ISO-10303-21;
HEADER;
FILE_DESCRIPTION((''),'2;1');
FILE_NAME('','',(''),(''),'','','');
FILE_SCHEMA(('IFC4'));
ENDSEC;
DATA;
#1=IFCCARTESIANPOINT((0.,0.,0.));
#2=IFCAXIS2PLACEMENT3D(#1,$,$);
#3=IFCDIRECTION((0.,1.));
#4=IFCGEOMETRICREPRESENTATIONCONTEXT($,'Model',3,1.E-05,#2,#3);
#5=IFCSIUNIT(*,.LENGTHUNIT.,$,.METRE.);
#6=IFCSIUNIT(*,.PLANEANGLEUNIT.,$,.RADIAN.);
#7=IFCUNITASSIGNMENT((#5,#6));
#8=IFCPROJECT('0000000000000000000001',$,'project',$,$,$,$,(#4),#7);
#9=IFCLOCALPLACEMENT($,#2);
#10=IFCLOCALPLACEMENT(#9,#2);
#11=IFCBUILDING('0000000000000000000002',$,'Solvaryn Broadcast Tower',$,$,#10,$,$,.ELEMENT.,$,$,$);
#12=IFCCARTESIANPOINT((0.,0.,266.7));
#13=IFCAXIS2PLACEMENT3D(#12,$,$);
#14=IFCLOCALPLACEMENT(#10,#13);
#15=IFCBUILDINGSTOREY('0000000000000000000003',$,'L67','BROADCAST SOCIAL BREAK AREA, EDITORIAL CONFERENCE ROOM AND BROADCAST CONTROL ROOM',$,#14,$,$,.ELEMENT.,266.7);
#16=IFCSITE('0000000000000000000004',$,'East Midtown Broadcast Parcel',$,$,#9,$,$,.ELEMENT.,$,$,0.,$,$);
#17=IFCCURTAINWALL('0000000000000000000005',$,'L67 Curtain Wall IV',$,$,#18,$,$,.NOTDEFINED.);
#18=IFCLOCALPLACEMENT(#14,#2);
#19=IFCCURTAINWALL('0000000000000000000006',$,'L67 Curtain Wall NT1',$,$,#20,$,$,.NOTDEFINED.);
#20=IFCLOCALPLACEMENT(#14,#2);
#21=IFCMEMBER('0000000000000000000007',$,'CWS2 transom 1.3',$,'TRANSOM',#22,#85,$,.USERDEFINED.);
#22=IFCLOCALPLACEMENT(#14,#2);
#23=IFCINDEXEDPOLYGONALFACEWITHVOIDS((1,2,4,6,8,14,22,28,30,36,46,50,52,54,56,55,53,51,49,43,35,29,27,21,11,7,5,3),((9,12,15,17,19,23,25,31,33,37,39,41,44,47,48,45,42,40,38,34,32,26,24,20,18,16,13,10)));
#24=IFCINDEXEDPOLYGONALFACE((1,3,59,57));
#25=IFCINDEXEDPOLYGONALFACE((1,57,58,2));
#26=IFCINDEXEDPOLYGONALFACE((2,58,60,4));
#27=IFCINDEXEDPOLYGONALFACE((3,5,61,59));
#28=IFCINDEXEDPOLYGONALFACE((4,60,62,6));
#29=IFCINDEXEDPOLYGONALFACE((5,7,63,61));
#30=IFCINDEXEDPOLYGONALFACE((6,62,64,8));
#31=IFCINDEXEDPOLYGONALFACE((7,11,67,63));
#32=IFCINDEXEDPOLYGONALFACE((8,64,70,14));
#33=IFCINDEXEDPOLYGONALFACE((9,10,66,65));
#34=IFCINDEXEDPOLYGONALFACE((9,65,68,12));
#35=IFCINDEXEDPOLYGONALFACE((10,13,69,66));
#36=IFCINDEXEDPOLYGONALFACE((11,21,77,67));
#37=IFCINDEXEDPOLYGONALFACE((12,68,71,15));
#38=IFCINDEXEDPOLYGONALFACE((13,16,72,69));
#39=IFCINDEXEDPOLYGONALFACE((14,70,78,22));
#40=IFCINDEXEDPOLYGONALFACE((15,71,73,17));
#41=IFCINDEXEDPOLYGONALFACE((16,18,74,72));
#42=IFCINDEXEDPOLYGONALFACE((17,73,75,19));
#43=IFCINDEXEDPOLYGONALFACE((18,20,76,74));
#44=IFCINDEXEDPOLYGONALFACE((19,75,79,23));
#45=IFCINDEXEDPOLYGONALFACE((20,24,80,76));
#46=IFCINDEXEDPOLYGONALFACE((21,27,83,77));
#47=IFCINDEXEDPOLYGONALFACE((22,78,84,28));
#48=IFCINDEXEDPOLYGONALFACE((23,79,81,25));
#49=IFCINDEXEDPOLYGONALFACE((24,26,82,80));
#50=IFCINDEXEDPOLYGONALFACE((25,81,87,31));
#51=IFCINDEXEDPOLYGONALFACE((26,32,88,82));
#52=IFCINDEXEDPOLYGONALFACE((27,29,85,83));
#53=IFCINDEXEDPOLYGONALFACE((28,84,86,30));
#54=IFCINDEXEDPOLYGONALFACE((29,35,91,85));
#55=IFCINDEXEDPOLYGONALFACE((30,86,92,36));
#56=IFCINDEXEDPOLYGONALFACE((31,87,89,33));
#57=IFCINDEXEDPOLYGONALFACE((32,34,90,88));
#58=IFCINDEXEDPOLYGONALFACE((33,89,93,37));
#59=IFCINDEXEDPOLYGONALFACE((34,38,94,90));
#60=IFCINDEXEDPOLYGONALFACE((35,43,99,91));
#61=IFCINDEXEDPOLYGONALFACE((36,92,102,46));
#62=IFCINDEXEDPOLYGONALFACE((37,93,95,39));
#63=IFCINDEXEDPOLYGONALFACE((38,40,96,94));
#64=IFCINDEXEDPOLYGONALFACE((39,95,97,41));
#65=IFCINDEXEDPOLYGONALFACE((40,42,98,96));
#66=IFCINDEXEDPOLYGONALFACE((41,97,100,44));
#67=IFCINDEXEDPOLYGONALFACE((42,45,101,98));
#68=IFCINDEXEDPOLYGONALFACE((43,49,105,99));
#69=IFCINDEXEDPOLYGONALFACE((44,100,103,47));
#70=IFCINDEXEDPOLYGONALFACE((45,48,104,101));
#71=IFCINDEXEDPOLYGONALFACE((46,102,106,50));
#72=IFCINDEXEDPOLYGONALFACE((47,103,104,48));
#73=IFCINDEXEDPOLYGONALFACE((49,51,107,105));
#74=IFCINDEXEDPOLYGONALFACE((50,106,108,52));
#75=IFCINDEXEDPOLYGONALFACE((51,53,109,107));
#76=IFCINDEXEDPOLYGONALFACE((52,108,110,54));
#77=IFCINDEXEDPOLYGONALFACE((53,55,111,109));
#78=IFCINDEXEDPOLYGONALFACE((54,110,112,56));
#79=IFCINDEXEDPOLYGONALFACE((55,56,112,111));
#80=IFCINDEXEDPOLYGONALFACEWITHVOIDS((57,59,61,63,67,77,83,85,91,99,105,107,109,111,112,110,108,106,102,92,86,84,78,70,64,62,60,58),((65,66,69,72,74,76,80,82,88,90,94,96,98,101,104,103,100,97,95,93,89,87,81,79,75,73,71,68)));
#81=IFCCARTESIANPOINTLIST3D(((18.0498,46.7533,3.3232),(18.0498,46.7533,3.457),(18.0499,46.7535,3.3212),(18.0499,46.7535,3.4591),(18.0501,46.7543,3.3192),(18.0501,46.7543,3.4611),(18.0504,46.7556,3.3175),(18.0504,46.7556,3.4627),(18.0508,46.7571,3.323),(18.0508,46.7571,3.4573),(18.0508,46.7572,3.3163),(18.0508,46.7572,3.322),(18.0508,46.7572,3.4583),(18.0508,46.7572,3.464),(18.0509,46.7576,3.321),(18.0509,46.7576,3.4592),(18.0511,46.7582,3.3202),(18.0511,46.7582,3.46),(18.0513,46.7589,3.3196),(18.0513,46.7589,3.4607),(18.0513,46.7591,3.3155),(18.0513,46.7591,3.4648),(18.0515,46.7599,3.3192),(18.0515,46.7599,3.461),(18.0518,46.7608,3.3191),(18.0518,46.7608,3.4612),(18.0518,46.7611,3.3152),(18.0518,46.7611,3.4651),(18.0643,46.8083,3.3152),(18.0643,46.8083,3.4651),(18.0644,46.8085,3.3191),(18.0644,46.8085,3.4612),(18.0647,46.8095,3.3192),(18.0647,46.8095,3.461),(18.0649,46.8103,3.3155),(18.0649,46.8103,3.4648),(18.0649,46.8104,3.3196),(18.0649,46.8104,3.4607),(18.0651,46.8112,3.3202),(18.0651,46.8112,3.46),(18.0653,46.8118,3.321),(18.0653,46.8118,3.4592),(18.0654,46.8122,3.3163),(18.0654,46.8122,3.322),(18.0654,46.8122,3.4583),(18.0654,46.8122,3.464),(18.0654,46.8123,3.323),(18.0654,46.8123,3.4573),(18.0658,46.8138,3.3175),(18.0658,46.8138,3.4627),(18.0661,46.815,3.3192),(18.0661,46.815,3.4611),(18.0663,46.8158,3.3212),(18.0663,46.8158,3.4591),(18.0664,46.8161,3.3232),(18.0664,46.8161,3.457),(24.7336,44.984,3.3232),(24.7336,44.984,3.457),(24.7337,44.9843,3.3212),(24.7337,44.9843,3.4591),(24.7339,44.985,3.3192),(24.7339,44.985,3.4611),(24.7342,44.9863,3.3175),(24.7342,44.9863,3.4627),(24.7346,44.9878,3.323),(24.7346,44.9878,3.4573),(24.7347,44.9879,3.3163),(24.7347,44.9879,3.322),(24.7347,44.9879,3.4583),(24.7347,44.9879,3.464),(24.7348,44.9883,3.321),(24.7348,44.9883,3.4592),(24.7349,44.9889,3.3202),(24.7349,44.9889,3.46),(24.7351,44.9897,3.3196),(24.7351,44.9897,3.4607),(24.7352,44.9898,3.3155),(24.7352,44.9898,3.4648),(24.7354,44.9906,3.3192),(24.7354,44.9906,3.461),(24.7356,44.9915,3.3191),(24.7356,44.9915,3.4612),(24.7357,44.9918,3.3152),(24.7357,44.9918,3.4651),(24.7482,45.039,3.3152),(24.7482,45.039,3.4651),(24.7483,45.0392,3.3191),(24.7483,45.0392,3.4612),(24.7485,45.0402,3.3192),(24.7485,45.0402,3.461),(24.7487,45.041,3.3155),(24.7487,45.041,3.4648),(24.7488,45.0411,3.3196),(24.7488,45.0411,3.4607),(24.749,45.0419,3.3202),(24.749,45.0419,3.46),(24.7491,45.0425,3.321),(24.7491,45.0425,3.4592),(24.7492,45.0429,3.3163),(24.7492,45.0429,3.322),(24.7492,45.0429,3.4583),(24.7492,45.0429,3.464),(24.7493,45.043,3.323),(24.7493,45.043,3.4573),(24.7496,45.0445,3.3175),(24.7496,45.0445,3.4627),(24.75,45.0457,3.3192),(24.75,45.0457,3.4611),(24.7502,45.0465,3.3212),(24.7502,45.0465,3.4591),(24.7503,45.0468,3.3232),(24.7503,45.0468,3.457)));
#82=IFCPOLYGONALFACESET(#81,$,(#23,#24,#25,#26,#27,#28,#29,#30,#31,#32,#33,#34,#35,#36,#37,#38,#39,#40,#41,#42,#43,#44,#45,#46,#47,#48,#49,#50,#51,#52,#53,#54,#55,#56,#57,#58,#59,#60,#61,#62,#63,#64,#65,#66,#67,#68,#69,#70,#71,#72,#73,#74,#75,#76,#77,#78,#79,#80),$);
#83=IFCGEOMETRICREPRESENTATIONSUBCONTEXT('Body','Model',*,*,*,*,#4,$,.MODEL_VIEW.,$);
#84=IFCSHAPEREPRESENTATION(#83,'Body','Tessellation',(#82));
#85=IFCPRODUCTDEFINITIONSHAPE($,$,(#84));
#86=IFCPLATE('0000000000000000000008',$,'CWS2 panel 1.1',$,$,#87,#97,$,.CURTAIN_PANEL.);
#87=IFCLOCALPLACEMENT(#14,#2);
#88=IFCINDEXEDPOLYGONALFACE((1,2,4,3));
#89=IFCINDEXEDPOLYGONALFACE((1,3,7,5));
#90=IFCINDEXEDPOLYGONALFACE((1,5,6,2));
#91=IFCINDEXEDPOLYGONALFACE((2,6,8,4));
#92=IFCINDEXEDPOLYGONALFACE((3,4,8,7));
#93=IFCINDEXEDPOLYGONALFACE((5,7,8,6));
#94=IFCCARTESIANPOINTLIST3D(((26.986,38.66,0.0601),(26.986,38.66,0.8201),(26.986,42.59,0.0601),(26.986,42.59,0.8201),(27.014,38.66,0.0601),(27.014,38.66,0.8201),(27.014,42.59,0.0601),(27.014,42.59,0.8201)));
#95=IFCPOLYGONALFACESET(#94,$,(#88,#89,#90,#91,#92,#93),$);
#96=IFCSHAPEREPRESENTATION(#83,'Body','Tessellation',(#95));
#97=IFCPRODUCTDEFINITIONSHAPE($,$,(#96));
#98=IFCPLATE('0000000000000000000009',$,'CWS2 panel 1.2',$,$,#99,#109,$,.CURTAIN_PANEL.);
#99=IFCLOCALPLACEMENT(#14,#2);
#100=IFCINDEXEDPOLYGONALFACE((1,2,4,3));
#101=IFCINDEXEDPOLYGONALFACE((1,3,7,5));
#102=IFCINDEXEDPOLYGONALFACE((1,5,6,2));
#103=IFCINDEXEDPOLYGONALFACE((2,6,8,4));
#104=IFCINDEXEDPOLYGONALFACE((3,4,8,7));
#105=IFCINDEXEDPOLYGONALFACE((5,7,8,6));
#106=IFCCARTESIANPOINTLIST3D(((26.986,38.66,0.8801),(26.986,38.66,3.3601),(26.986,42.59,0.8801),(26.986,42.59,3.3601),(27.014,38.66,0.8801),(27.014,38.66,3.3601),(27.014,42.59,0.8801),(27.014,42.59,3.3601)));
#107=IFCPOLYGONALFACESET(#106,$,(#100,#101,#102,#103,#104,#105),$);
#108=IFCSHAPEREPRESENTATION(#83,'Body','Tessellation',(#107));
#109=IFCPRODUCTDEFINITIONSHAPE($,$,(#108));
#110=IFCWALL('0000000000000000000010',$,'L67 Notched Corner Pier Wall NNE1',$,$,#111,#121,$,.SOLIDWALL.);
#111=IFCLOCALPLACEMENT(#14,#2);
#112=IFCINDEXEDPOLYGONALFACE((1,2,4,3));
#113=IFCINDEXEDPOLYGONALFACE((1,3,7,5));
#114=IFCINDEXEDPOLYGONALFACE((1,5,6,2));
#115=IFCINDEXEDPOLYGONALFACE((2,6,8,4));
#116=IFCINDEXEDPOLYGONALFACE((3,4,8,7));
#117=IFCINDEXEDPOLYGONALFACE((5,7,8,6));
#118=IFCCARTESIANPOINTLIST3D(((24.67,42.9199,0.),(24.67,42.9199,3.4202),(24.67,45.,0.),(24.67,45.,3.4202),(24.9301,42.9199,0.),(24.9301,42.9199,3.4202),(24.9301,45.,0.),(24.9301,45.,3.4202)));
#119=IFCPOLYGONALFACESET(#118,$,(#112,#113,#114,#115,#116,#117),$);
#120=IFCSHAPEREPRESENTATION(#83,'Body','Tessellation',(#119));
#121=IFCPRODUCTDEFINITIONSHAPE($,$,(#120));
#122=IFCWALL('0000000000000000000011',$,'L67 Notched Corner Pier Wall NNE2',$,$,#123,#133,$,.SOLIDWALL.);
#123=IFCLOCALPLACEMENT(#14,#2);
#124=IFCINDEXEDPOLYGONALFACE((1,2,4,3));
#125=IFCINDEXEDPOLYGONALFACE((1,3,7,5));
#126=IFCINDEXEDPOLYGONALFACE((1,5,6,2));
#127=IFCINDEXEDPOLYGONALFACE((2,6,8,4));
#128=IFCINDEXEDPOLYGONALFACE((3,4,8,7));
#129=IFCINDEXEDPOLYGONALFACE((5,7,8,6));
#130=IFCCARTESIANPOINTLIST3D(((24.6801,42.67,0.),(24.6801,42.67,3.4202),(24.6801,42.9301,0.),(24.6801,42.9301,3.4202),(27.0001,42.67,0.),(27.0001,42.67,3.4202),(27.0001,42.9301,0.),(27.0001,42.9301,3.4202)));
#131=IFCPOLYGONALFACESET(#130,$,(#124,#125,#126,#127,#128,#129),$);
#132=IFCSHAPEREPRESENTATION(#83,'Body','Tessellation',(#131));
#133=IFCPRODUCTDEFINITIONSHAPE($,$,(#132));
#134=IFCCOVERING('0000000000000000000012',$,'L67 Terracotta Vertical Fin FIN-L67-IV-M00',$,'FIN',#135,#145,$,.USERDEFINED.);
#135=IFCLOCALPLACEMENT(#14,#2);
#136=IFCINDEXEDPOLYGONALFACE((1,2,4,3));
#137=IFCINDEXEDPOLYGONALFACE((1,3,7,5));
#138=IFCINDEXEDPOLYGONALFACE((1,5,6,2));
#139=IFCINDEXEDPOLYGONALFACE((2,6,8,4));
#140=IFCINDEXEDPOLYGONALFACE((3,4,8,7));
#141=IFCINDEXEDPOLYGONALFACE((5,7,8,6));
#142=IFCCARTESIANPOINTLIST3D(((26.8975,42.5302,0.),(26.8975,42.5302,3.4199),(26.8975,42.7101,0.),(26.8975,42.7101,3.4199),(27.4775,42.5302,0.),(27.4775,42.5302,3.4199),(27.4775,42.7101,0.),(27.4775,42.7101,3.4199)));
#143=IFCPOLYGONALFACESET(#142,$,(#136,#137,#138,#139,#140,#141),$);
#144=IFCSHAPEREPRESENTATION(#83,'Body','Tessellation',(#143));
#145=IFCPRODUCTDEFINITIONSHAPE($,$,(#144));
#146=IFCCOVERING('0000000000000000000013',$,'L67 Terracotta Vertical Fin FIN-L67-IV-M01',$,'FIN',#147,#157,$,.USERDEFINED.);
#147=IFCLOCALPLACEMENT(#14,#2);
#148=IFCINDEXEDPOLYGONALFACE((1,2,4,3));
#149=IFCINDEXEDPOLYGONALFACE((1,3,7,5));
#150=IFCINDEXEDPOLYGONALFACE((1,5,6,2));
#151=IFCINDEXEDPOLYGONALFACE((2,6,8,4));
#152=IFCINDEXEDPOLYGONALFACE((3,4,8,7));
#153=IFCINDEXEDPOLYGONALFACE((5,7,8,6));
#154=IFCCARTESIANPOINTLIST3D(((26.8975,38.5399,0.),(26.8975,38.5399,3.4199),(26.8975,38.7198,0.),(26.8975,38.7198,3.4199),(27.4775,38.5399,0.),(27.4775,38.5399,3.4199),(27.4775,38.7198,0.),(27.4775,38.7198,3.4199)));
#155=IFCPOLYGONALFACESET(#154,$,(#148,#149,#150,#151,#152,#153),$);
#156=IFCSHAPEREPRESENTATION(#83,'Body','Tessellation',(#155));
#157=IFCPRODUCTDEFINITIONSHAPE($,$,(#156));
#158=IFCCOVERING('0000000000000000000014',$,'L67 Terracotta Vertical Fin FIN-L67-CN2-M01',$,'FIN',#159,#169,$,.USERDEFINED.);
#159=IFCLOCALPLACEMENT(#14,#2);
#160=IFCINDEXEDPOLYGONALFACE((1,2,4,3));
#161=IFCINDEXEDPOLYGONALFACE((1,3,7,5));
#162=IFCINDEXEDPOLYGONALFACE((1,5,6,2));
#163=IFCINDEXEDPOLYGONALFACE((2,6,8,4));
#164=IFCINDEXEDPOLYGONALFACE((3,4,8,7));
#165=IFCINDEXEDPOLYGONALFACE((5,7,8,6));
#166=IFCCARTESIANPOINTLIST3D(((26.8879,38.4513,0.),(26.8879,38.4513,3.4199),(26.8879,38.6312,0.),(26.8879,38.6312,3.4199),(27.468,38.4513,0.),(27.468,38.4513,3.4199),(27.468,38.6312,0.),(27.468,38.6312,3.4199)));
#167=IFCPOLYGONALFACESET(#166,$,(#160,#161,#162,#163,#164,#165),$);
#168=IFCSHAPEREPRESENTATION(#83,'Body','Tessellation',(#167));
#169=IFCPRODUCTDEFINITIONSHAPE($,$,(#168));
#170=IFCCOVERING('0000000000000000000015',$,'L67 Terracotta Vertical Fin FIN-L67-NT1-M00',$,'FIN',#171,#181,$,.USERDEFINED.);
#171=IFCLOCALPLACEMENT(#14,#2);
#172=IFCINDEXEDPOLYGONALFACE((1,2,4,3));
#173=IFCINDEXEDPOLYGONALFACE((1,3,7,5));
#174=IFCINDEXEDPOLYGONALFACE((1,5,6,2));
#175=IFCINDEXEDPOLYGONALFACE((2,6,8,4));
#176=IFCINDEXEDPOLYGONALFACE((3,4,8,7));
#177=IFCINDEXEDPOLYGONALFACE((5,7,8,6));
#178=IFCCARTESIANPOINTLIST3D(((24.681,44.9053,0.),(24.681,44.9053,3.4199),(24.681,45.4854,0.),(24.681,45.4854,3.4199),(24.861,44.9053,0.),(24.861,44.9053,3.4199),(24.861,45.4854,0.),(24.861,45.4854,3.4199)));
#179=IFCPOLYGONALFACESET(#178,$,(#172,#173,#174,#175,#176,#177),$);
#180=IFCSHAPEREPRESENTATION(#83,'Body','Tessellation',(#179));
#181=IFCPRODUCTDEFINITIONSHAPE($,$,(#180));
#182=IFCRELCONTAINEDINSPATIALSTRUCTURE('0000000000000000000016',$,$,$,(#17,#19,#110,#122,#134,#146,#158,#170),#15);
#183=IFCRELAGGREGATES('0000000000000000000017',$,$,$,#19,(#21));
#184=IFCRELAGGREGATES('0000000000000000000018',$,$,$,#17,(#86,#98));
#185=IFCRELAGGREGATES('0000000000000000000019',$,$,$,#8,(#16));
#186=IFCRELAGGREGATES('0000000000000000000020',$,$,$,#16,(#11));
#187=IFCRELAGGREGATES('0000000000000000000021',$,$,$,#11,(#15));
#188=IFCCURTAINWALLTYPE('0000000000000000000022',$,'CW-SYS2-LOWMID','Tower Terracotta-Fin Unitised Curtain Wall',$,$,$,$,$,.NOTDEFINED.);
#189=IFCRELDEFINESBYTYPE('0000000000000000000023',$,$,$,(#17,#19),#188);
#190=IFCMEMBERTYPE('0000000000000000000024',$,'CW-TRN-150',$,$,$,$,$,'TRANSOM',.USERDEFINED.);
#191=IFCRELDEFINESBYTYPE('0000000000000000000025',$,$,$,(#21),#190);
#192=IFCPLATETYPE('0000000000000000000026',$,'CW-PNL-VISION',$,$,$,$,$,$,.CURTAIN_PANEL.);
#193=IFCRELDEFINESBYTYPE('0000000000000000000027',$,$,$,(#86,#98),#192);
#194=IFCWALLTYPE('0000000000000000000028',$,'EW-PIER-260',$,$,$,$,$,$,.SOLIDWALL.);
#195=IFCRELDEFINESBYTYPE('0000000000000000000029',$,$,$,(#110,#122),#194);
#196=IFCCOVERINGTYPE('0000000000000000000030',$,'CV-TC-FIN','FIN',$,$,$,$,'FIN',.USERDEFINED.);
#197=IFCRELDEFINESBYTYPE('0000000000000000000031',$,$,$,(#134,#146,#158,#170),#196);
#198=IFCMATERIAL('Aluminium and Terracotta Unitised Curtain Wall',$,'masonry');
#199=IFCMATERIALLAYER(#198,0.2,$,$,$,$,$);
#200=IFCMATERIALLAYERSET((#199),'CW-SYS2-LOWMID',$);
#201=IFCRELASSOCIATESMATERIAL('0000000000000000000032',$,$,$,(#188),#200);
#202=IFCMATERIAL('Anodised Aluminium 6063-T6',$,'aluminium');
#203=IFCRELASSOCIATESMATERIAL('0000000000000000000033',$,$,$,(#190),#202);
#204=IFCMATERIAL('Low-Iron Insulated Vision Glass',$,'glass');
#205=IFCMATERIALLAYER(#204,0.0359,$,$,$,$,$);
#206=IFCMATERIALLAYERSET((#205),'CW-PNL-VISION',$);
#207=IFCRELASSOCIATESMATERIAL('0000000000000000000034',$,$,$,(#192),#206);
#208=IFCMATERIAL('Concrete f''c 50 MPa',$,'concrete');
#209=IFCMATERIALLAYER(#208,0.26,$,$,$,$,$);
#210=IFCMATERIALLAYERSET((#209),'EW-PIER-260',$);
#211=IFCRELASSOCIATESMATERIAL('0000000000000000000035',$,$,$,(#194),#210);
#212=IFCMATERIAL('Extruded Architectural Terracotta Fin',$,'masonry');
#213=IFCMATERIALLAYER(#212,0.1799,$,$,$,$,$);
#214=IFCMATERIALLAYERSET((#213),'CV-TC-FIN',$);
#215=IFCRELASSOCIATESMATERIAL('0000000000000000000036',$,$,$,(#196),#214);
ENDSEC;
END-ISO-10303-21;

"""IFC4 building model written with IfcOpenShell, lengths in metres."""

from ifc_helpers import new_model, si_unit, direction, frame, frame_2d, origin, origin_2d, place, context, subcontext, project, spatial, rectangle, hollow_rectangle, extrude, material, layer, layer_set, material_profile, profile_set, type_object, element, aggregate, save


model = new_model("IFC4")

# Units and contexts
model_context = context("Model", 3, precision=1e-05, world=origin(), true_north=direction((0.0, 1.0)))
body_context = subcontext(model_context, "Body", "Model", "MODEL_VIEW")
ifc_project = project(units=[si_unit("LENGTHUNIT", "METRE"), si_unit("PLANEANGLEUNIT", "RADIAN")], contexts=[model_context])

# Site, building, storey
site_placement = place(None, origin())
site = spatial("IfcSite", under=ifc_project, at=site_placement, Name="East Midtown Broadcast Parcel", CompositionType="ELEMENT", RefElevation=0.0)
building_placement = place(site_placement, origin())
building = spatial("IfcBuilding", under=site, at=building_placement, Name="Solvaryn Broadcast Tower", CompositionType="ELEMENT")
storey_placement = place(building_placement, frame((0.0, 0.0, 266.7)))
storey = spatial("IfcBuildingStorey", under=building, at=storey_placement, Name="L67", Description="BROADCAST SOCIAL BREAK AREA, EDITORIAL CONFERENCE ROOM AND BROADCAST CONTROL ROOM", CompositionType="ELEMENT", Elevation=266.7)

# Curtain wall
ifc_material_1 = material(Name="Aluminium and Terracotta Unitised Curtain Wall", Category="masonry")
ifc_layer_1 = layer(ifc_material_1, 0.2)
ifc_layer_set_1 = layer_set([ifc_layer_1], Name="CW-SYS2-LOWMID")
curtain_wall_type = type_object("IfcCurtainWallType", Name="CW-SYS2-LOWMID", Description="Tower Terracotta-Fin Unitised Curtain Wall", PredefinedType="NOTDEFINED", material=ifc_layer_set_1)
curtain_wall_1_placement = place(storey_placement, origin())
curtain_wall_1 = element("IfcCurtainWall", 1, at=curtain_wall_1_placement, inside=storey, type_object=curtain_wall_type, Name="L67 Curtain Wall IV", PredefinedType="NOTDEFINED")

# Curtain wall
curtain_wall_2_placement = place(storey_placement, origin())
curtain_wall_2 = element("IfcCurtainWall", 2, at=curtain_wall_2_placement, inside=storey, type_object=curtain_wall_type, Name="L67 Curtain Wall NT1", PredefinedType="NOTDEFINED")

# Member
ifc_material_2 = material(Name="Anodised Aluminium 6063-T6", Category="aluminium")
ifc_material_profile_1 = material_profile(ifc_material_2, hollow_rectangle(XDim=0.0649, YDim=0.1499, WallThickness=0.0039, InnerFilletRadius=0.0039, OuterFilletRadius=0.0081, at=origin_2d()))
ifc_profile_set_1 = profile_set([ifc_material_profile_1], Name="Anodised Aluminium 6063-T6")
member_type_1 = type_object("IfcMemberType", Name="CW-TRN-150", ElementType="TRANSOM", PredefinedType="USERDEFINED", material=ifc_profile_set_1)
member_1_placement = place(storey_placement, frame((24.7419, 45.0154, 3.3901), z_axis=(-0.966704, 0.255897, 0.0), x_axis=(-0.255897, -0.966704, 0.0)))
member_1 = element("IfcMember", 3, at=member_1_placement, type_object=member_type_1, Name="CWS2 transom 1.3", ObjectType="TRANSOM", PredefinedType="USERDEFINED", context=body_context, shape_type="SweptSolid", body=[
    extrude(hollow_rectangle(XDim=0.0649, YDim=0.1499, WallThickness=0.0039, InnerFilletRadius=0.0039, OuterFilletRadius=0.0081, at=origin_2d()), origin(), (0.0, 0.0, 1.0), 6.9141),
])
aggregate(curtain_wall_2, [member_1])

# Plates
ifc_material_3 = material(Name="Low-Iron Insulated Vision Glass", Category="glass")
ifc_layer_2 = layer(ifc_material_3, 0.0359)
ifc_layer_set_2 = layer_set([ifc_layer_2], Name="CW-PNL-VISION")
plate_type = type_object("IfcPlateType", Name="CW-PNL-VISION", PredefinedType="CURTAIN_PANEL", material=ifc_layer_set_2)
plate_1_placement = place(storey_placement, frame((27.0, 40.625, 0.0601), z_axis=(0.0, 0.0, 1.0), x_axis=(0.0, -1.0, 0.0)))
plate_1 = element("IfcPlate", 4, at=plate_1_placement, type_object=plate_type, Name="CWS2 panel 1.1", PredefinedType="CURTAIN_PANEL", context=body_context, shape_type="SweptSolid", body=[
    extrude(rectangle(XDim=3.9299, YDim=0.0281, at=origin_2d()), origin(), (0.0, 0.0, 1.0), 0.76),
])
plate_2_placement = place(storey_placement, frame((27.0, 40.625, 0.8801), z_axis=(0.0, 0.0, 1.0), x_axis=(0.0, -1.0, 0.0)))
plate_2 = element("IfcPlate", 5, at=plate_2_placement, type_object=plate_type, Name="CWS2 panel 1.2", PredefinedType="CURTAIN_PANEL", context=body_context, shape_type="SweptSolid", body=[
    extrude(rectangle(XDim=3.9299, YDim=0.0281, at=origin_2d()), origin(), (0.0, 0.0, 1.0), 2.48),
])
aggregate(curtain_wall_1, [plate_1, plate_2])

# Walls
ifc_material_4 = material(Name="Concrete f'c 50 MPa", Category="concrete")
ifc_layer_3 = layer(ifc_material_4, 0.26)
ifc_layer_set_3 = layer_set([ifc_layer_3], Name="EW-PIER-260")
wall_type_1 = type_object("IfcWallType", Name="EW-PIER-260", PredefinedType="SOLIDWALL", material=ifc_layer_set_3)
wall_1_placement = place(storey_placement, frame((24.8, 45.0, 0.0), z_axis=(0.0, 0.0, 1.0), x_axis=(0.0, -1.0, 0.0)))
element("IfcWall", 6, at=wall_1_placement, inside=storey, type_object=wall_type_1, Name="L67 Notched Corner Pier Wall NNE1", PredefinedType="SOLIDWALL", context=body_context, shape_type="SweptSolid", body=[
    extrude(rectangle(XDim=2.0801, YDim=0.26, at=frame_2d((1.04, 0.0))), origin(), (0.0, 0.0, 1.0), 3.4202),
])
wall_2_placement = place(storey_placement, frame((24.6799, 42.8, 0.0), z_axis=(0.0, 0.0, 1.0), x_axis=(1.0, 0.0, 0.0)))
element("IfcWall", 7, at=wall_2_placement, inside=storey, type_object=wall_type_1, Name="L67 Notched Corner Pier Wall NNE2", PredefinedType="SOLIDWALL", context=body_context, shape_type="SweptSolid", body=[
    extrude(rectangle(XDim=2.3201, YDim=0.26, at=frame_2d((1.1602, 0.0))), origin(), (0.0, 0.0, 1.0), 3.4202),
])

# Coverings
ifc_material_5 = material(Name="Extruded Architectural Terracotta Fin", Category="masonry")
ifc_layer_4 = layer(ifc_material_5, 0.1799)
ifc_layer_set_4 = layer_set([ifc_layer_4], Name="CV-TC-FIN")
covering_type = type_object("IfcCoveringType", Name="CV-TC-FIN", Description="FIN", ElementType="FIN", PredefinedType="USERDEFINED", material=ifc_layer_set_4)
for number, where, z_axis, x_axis, name in (
    (8, (27.1875, 42.6201, 0.0), (0.0, 0.0, 1.0), (1.0, 0.0, 0.0), "L67 Terracotta Vertical Fin FIN-L67-IV-M00"),
    (9, (27.1875, 38.6299, 0.0), (0.0, 0.0, 1.0), (1.0, 0.0, 0.0), "L67 Terracotta Vertical Fin FIN-L67-IV-M01"),
    (10, (27.178, 38.5413, 0.0), (0.0, 0.0, 1.0), (1.0, 0.0, 0.0), "L67 Terracotta Vertical Fin FIN-L67-CN2-M01"),
):
    element("IfcCovering", number, at=place(storey_placement, frame(where, z_axis=z_axis, x_axis=x_axis)), inside=storey, type_object=covering_type, Name=name, ObjectType="FIN", PredefinedType="USERDEFINED", context=body_context, shape_type="SweptSolid", body=[
        extrude(rectangle(XDim=0.5801, YDim=0.1799, at=origin_2d()), origin(), (0.0, 0.0, 1.0), 3.4199),
    ])
covering_placement = place(storey_placement, frame((24.771, 45.1953, 0.0), z_axis=(0.0, 0.0, 1.0), x_axis=(1.0, 0.0, 0.0)))
element("IfcCovering", 11, at=covering_placement, inside=storey, type_object=covering_type, Name="L67 Terracotta Vertical Fin FIN-L67-NT1-M00", ObjectType="FIN", PredefinedType="USERDEFINED", context=body_context, shape_type="SweptSolid", body=[
    extrude(rectangle(XDim=0.1799, YDim=0.5801, at=origin_2d()), origin(), (0.0, 0.0, 1.0), 3.4199),
])

save(model, "model.ifc")
